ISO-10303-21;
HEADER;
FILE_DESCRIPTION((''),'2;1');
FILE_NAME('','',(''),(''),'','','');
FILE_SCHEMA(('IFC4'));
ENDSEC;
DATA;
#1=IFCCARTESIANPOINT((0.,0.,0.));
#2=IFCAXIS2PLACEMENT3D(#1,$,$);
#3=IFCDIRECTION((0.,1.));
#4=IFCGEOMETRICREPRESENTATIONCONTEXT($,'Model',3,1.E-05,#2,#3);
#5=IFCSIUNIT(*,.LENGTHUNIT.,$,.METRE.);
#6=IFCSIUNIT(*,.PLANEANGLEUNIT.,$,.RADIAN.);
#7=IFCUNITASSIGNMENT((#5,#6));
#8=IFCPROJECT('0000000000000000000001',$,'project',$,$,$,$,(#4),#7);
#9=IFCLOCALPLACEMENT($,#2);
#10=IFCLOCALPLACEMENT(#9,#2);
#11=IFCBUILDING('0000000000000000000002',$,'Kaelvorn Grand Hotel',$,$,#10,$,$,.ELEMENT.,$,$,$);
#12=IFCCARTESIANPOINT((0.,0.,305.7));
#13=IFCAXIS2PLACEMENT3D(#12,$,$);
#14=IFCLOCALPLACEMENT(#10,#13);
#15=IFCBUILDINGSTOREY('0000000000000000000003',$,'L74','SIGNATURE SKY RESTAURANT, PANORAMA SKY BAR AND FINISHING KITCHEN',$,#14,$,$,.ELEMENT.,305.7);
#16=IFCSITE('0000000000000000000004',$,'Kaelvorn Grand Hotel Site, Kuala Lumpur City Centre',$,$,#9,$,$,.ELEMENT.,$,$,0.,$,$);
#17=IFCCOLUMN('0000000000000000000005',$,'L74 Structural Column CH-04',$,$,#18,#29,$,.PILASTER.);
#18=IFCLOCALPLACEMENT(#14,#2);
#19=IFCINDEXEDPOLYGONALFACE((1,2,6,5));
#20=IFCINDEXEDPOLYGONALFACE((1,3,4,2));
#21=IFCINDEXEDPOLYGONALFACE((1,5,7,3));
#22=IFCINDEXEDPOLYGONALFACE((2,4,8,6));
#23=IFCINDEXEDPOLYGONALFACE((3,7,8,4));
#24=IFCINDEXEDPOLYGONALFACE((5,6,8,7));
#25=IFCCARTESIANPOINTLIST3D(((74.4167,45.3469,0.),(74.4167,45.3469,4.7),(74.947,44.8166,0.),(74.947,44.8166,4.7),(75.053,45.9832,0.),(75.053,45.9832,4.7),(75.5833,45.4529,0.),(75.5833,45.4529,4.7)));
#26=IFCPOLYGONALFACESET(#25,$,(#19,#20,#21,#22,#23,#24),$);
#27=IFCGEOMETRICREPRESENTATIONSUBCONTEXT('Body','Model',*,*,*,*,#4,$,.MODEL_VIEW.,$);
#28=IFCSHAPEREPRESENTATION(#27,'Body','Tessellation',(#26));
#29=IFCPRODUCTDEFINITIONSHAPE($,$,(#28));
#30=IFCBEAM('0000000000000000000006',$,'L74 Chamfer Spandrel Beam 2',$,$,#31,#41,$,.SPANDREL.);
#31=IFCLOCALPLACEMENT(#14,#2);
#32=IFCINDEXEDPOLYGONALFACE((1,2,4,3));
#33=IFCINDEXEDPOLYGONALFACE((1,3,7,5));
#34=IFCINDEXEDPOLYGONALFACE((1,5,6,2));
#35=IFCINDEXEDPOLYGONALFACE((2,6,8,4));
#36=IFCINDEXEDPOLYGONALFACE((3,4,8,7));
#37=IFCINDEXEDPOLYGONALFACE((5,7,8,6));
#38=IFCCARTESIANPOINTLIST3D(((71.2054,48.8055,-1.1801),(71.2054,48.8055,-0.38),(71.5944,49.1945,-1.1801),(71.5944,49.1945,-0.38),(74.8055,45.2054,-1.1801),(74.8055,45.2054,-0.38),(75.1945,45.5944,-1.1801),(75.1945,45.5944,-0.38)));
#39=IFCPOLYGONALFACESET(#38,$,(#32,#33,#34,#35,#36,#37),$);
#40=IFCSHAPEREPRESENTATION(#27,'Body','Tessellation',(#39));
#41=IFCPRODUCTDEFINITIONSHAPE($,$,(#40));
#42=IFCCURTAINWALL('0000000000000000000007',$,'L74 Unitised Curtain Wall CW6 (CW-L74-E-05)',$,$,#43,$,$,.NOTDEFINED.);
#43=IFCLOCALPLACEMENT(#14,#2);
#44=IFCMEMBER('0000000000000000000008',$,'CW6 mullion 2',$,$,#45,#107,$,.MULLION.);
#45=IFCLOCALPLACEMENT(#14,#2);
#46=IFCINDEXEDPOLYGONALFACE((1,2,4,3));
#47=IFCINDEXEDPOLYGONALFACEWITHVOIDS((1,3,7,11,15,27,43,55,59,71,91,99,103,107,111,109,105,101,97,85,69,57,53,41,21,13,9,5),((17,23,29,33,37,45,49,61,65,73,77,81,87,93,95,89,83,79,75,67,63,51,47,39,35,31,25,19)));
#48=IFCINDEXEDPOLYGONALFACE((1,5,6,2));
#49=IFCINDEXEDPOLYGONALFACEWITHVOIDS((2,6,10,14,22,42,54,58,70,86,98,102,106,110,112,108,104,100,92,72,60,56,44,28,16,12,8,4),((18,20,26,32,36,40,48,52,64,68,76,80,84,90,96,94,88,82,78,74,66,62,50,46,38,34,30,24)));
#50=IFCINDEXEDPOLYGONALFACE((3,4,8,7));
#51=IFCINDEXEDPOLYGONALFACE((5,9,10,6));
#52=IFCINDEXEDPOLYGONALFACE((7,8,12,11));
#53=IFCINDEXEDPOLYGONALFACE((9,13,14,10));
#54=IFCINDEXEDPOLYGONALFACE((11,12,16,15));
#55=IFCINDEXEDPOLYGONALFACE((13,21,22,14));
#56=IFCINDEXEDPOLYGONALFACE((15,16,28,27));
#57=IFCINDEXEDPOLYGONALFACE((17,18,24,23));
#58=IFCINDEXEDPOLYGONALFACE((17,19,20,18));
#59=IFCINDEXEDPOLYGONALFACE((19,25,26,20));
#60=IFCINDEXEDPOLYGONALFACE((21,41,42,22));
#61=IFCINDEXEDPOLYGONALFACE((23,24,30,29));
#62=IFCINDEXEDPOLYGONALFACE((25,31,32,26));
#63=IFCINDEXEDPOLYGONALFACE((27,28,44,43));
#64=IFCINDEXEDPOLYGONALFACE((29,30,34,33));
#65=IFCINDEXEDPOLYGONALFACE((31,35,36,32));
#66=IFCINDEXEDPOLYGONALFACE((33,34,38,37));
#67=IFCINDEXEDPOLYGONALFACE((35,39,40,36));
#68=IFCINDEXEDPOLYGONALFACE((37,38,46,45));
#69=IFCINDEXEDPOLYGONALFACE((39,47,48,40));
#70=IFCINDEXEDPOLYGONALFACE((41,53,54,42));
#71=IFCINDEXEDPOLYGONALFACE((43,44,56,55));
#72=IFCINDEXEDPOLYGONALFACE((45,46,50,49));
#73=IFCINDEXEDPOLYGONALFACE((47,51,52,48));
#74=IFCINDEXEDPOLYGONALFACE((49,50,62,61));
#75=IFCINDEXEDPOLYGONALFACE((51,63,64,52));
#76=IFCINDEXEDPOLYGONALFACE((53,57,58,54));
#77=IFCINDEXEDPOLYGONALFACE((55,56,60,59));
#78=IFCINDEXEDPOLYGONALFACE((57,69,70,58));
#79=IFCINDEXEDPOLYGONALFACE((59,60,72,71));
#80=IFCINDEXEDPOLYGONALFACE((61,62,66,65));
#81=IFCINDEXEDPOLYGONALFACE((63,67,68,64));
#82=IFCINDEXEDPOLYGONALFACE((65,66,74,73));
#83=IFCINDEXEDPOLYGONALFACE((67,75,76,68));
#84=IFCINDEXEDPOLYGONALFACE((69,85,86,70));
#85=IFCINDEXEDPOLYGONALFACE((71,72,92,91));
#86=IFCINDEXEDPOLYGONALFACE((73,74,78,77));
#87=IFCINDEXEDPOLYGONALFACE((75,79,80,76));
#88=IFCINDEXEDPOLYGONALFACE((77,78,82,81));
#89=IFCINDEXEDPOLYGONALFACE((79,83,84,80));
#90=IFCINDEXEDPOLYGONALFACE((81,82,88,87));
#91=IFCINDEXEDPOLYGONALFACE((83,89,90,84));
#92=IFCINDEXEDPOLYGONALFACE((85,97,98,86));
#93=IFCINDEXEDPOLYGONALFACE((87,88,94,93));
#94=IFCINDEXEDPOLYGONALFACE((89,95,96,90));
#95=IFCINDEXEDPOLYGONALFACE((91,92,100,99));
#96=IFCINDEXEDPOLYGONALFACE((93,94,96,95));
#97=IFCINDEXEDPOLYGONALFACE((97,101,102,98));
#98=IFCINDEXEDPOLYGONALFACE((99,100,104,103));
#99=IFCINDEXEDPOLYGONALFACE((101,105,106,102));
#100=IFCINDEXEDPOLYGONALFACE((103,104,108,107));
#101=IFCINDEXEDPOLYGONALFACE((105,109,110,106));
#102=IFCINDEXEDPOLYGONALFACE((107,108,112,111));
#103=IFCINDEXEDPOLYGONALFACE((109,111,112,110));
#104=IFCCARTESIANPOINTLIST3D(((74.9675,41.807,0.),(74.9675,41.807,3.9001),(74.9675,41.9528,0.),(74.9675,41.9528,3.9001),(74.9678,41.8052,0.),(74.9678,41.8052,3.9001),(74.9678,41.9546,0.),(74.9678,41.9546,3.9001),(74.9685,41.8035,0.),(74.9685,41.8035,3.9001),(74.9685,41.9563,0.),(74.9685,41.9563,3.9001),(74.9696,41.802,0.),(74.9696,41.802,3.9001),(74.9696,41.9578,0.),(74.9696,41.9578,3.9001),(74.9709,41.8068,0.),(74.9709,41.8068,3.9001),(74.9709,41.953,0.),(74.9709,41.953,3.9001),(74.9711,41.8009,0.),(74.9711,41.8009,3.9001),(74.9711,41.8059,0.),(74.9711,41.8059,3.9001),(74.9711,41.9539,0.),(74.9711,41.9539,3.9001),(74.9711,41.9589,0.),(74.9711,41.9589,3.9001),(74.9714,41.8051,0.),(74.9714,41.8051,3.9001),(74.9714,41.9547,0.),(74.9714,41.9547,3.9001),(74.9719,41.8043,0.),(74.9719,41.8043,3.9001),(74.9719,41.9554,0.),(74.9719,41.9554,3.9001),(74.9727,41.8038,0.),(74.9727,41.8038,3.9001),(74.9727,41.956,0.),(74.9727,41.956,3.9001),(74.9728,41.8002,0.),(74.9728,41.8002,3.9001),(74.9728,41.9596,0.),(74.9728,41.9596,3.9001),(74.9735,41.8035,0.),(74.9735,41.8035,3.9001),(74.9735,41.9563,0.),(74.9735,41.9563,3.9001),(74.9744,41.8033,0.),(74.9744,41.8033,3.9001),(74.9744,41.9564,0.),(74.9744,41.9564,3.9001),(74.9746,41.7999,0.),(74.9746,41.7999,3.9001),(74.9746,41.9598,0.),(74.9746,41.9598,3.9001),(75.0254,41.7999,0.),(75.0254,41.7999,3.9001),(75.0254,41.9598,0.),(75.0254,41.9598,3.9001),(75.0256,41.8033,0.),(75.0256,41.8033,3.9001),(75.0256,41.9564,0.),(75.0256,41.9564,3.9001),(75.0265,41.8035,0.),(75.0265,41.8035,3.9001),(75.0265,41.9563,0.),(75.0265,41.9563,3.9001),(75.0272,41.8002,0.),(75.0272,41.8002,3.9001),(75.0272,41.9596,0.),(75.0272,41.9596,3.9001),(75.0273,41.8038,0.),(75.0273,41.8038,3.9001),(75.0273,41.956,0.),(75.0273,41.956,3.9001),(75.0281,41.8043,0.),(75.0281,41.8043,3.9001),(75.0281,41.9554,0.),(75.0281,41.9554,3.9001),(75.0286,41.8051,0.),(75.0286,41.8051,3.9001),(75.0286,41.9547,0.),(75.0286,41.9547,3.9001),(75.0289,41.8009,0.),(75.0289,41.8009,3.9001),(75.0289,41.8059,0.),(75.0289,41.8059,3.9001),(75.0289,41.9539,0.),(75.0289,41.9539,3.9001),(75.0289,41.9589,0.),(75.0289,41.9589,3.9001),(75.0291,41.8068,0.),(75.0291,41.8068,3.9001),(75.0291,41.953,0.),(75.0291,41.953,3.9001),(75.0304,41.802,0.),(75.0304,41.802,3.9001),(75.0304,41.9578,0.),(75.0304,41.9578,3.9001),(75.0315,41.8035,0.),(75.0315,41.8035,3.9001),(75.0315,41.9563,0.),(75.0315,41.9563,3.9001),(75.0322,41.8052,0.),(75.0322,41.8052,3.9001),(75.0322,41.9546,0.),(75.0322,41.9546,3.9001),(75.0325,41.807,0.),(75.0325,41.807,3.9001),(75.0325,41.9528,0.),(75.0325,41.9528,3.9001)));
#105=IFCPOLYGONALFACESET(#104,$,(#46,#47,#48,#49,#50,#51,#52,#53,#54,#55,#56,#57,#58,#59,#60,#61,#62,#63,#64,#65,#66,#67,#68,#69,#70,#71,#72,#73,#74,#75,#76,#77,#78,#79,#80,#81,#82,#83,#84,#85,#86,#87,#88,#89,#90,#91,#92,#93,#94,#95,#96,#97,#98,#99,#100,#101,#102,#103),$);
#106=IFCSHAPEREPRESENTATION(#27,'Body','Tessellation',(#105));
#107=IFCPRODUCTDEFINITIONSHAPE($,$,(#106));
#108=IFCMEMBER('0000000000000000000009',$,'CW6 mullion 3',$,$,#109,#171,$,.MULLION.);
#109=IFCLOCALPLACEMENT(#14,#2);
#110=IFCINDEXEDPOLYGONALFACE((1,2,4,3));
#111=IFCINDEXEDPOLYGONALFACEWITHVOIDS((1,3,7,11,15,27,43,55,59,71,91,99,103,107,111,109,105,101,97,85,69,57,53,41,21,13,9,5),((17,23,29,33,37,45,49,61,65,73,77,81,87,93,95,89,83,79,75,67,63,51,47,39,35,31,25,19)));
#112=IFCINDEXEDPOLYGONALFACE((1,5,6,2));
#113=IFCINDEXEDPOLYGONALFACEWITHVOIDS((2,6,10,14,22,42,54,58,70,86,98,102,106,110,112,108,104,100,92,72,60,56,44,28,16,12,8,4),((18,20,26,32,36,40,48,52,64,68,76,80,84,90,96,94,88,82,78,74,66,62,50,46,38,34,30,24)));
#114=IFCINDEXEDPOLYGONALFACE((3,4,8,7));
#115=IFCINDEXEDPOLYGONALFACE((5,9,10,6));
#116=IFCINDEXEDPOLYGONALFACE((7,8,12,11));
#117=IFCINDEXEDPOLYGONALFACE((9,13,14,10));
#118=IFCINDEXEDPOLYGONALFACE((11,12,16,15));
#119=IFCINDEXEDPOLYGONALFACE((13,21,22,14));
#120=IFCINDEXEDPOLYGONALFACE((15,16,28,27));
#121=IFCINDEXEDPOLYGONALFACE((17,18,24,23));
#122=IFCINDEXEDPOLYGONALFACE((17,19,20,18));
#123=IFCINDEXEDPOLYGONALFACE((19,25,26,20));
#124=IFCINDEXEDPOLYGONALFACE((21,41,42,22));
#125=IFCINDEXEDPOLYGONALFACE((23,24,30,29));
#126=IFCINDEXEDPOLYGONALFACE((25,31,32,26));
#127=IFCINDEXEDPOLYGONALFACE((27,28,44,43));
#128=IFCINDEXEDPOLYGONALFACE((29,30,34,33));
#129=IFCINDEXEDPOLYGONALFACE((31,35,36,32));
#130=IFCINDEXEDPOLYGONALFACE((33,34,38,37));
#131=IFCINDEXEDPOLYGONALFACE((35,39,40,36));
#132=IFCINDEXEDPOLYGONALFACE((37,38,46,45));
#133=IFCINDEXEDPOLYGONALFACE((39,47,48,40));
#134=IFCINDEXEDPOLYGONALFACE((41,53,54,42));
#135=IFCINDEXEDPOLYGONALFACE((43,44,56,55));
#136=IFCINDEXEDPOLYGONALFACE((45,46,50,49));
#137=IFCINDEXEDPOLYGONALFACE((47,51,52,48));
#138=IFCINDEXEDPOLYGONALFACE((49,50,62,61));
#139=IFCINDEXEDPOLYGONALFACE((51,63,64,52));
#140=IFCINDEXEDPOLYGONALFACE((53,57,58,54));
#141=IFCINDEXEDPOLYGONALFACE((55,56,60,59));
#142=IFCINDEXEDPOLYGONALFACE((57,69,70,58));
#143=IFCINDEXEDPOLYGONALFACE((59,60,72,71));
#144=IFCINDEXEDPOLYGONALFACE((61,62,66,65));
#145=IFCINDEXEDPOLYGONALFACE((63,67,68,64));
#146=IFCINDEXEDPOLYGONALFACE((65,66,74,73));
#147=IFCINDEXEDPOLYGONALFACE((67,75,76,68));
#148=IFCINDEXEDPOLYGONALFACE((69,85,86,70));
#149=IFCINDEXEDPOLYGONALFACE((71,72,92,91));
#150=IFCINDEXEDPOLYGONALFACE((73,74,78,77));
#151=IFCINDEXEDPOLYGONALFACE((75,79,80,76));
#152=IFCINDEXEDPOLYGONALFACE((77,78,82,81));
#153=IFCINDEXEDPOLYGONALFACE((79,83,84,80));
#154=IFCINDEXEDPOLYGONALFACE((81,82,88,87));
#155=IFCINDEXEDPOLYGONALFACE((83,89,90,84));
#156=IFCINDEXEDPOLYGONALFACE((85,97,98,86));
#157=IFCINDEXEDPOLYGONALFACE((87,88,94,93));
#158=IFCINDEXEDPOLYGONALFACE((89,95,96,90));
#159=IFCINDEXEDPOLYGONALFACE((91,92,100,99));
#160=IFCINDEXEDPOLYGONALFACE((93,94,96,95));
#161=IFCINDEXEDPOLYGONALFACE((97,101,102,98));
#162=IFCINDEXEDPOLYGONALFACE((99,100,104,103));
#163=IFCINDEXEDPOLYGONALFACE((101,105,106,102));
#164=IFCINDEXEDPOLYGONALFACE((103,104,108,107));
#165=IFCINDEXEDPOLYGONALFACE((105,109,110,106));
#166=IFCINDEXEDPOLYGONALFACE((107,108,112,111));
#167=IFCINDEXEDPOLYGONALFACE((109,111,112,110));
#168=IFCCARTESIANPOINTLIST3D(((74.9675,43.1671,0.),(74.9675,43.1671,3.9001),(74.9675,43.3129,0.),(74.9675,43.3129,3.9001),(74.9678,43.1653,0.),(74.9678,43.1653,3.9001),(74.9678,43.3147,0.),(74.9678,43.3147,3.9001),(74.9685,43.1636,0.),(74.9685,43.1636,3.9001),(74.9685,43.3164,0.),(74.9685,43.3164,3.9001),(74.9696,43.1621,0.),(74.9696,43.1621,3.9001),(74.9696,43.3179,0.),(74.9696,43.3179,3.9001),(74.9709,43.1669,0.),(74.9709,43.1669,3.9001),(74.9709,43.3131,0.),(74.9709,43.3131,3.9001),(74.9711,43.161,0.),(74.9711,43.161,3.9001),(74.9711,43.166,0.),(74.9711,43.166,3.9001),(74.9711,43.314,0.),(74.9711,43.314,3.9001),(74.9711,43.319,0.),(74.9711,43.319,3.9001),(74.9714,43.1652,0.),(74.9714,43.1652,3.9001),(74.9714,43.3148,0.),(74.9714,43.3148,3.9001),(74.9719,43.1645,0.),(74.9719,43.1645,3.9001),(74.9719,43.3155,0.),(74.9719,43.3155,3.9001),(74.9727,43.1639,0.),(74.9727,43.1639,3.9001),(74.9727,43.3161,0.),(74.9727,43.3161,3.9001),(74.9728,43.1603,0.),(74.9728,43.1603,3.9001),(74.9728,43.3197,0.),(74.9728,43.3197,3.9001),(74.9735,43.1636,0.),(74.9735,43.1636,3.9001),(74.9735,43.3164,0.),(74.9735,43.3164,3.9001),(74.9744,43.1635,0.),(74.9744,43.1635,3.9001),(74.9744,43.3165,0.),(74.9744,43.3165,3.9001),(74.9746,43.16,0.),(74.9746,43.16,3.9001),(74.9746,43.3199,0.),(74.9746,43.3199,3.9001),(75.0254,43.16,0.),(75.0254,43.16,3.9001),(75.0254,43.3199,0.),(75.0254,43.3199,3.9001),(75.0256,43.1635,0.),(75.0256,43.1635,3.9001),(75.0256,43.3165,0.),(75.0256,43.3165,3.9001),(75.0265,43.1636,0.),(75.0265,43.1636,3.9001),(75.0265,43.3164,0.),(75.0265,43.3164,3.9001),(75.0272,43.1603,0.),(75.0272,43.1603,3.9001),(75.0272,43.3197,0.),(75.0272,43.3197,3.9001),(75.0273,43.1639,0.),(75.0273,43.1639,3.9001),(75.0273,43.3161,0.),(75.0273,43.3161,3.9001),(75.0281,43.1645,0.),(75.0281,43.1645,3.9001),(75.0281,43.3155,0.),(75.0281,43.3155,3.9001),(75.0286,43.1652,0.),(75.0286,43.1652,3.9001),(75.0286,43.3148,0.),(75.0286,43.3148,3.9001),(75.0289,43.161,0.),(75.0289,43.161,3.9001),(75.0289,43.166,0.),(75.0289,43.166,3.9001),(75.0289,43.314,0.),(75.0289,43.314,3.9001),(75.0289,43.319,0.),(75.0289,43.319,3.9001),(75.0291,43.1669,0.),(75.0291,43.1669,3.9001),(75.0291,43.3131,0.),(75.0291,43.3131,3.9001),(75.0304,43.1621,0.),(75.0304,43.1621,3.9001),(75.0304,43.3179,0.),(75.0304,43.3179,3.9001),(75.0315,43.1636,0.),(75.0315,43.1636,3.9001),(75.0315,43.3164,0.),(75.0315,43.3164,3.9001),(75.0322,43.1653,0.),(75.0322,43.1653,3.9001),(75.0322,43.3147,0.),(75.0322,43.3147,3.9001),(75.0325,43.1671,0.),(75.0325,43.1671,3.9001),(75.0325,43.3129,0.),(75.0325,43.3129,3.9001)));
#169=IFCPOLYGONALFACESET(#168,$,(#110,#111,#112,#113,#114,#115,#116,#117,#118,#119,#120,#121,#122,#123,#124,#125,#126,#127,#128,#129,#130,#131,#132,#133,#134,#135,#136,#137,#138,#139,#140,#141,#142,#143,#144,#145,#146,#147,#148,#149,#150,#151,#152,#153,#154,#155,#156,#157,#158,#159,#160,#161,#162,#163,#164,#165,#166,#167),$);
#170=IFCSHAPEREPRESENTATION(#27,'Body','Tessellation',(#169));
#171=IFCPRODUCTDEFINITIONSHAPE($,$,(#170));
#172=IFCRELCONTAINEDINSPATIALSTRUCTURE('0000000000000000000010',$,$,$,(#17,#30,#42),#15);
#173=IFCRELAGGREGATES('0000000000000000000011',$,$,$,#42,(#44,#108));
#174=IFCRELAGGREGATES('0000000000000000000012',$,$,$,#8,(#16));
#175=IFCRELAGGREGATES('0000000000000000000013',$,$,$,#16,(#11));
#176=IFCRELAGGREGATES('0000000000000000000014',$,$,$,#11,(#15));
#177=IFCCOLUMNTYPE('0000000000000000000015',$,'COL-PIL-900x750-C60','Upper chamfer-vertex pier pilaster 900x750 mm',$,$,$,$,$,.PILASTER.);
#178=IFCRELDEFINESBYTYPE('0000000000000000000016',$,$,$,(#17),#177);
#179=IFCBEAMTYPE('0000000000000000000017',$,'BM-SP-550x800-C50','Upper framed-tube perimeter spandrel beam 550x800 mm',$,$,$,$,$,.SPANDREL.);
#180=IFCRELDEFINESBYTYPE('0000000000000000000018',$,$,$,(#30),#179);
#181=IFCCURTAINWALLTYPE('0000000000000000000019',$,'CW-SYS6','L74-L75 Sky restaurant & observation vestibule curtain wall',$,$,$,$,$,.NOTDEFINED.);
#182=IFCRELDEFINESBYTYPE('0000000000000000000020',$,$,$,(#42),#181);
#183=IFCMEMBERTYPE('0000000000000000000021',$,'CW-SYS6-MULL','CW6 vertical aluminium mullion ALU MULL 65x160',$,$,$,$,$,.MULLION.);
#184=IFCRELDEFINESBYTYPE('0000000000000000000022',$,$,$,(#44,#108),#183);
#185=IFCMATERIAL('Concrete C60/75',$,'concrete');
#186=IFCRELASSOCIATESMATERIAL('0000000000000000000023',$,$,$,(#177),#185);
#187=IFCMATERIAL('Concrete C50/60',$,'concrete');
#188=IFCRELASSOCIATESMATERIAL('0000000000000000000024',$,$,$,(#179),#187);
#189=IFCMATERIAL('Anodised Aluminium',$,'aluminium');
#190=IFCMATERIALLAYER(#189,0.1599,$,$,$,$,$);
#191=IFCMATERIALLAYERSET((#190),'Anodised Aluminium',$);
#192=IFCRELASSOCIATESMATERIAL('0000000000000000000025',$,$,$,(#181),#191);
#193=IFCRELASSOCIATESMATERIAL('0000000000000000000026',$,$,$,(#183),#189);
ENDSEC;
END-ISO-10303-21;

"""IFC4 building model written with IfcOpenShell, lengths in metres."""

from ifc_helpers import new_model, si_unit, direction, frame, origin, origin_2d, place, context, subcontext, project, spatial, rectangle, hollow_rectangle, extrude, material, layer, layer_set, material_profile, profile_set, type_object, element, aggregate, save


model = new_model("IFC4")

# Units and contexts
model_context = context("Model", 3, precision=1e-05, world=origin(), true_north=direction((0.0, 1.0)))
body_context = subcontext(model_context, "Body", "Model", "MODEL_VIEW")
ifc_project = project(units=[si_unit("LENGTHUNIT", "METRE"), si_unit("PLANEANGLEUNIT", "RADIAN")], contexts=[model_context])

# Site, building, storey
site_placement = place(None, origin())
site = spatial("IfcSite", under=ifc_project, at=site_placement, Name="Kaelvorn Grand Hotel Site, Kuala Lumpur City Centre", CompositionType="ELEMENT", RefElevation=0.0)
building_placement = place(site_placement, origin())
building = spatial("IfcBuilding", under=site, at=building_placement, Name="Kaelvorn Grand Hotel", CompositionType="ELEMENT")
storey_placement = place(building_placement, frame((0.0, 0.0, 305.7)))
storey = spatial("IfcBuildingStorey", under=building, at=storey_placement, Name="L74", Description="SIGNATURE SKY RESTAURANT, PANORAMA SKY BAR AND FINISHING KITCHEN", CompositionType="ELEMENT", Elevation=305.7)

# Column
ifc_material_1 = material(Name="Concrete C60/75", Category="concrete")
ifc_material_profile_1 = material_profile(ifc_material_1, rectangle(XDim=0.8999, YDim=0.75, at=origin_2d()), Name="RC PILASTER 900x750")
ifc_profile_set_1 = profile_set([ifc_material_profile_1], Name="Concrete C60/75")
column_type = type_object("IfcColumnType", Name="COL-PIL-900x750-C60", Description="Upper chamfer-vertex pier pilaster 900x750 mm", PredefinedType="PILASTER", material=ifc_profile_set_1)
column_placement = place(storey_placement, frame((75.0, 45.3999, 0.0), z_axis=(0.0, 0.0, 1.0), x_axis=(0.707107, 0.707107, 0.0)))
element("IfcColumn", 1, at=column_placement, inside=storey, type_object=column_type, Name="L74 Structural Column CH-04", PredefinedType="PILASTER", context=body_context, shape_type="SweptSolid", body=[
    extrude(rectangle(XDim=0.8999, YDim=0.75, at=origin_2d()), origin(), (0.0, 0.0, 1.0), 4.7),
])

# Beam
ifc_material_2 = material(Name="Concrete C50/60", Category="concrete")
ifc_material_profile_2 = material_profile(ifc_material_2, rectangle(XDim=0.55, YDim=0.8, at=origin_2d()), Name="RC SPANDREL 550x800")
ifc_profile_set_2 = profile_set([ifc_material_profile_2], Name="Concrete C50/60")
beam_type = type_object("IfcBeamType", Name="BM-SP-550x800-C50", Description="Upper framed-tube perimeter spandrel beam 550x800 mm", PredefinedType="SPANDREL", material=ifc_profile_set_2)
beam_placement = place(storey_placement, frame((75.0, 45.3999, -0.78), z_axis=(-0.707107, 0.707107, 0.0), x_axis=(-0.707107, -0.707107, 0.0)))
element("IfcBeam", 2, at=beam_placement, inside=storey, type_object=beam_type, Name="L74 Chamfer Spandrel Beam 2", PredefinedType="SPANDREL", context=body_context, shape_type="SweptSolid", body=[
    extrude(rectangle(XDim=0.55, YDim=0.8, at=origin_2d()), origin(), (0.0, 0.0, 1.0), 5.0913),
])

# Curtain wall, members
ifc_material_3 = material(Name="Anodised Aluminium", Category="aluminium")
ifc_layer_1 = layer(ifc_material_3, 0.1599)
ifc_layer_set_1 = layer_set([ifc_layer_1], Name="Anodised Aluminium")
curtain_wall_type = type_object("IfcCurtainWallType", Name="CW-SYS6", Description="L74-L75 Sky restaurant & observation vestibule curtain wall", PredefinedType="NOTDEFINED", material=ifc_layer_set_1)
curtain_wall_placement = place(storey_placement, origin())
curtain_wall = element("IfcCurtainWall", 3, at=curtain_wall_placement, inside=storey, type_object=curtain_wall_type, Name="L74 Unitised Curtain Wall CW6 (CW-L74-E-05)", PredefinedType="NOTDEFINED")
ifc_material_profile_3 = material_profile(ifc_material_3, hollow_rectangle(XDim=0.0649, YDim=0.1599, WallThickness=0.0034, InnerFilletRadius=0.0034, OuterFilletRadius=0.0071, at=origin_2d()), Name="ALU MULL 65x160")
ifc_profile_set_3 = profile_set([ifc_material_profile_3], Name="Anodised Aluminium")
member_type_1 = type_object("IfcMemberType", Name="CW-SYS6-MULL", Description="CW6 vertical aluminium mullion ALU MULL 65x160", PredefinedType="MULLION", material=ifc_profile_set_3)
member_1_placement = place(storey_placement, frame((75.0, 41.8799, 0.0), z_axis=(0.0, 0.0, 1.0), x_axis=(-1.0, 0.0, 0.0)))
member_1 = element("IfcMember", 4, at=member_1_placement, type_object=member_type_1, Name="CW6 mullion 2", PredefinedType="MULLION", context=body_context, shape_type="SweptSolid", body=[
    extrude(hollow_rectangle(XDim=0.0649, YDim=0.1599, WallThickness=0.0034, InnerFilletRadius=0.0034, OuterFilletRadius=0.0071, at=origin_2d()), origin(), (0.0, 0.0, 1.0), 3.9001),
])
member_2_placement = place(storey_placement, frame((75.0, 43.24, 0.0), z_axis=(0.0, 0.0, 1.0), x_axis=(-1.0, 0.0, 0.0)))
member_2 = element("IfcMember", 5, at=member_2_placement, type_object=member_type_1, Name="CW6 mullion 3", PredefinedType="MULLION", context=body_context, shape_type="SweptSolid", body=[
    extrude(hollow_rectangle(XDim=0.0649, YDim=0.1599, WallThickness=0.0034, InnerFilletRadius=0.0034, OuterFilletRadius=0.0071, at=origin_2d()), origin(), (0.0, 0.0, 1.0), 3.9001),
])
aggregate(curtain_wall, [member_1, member_2])

save(model, "model.ifc")
